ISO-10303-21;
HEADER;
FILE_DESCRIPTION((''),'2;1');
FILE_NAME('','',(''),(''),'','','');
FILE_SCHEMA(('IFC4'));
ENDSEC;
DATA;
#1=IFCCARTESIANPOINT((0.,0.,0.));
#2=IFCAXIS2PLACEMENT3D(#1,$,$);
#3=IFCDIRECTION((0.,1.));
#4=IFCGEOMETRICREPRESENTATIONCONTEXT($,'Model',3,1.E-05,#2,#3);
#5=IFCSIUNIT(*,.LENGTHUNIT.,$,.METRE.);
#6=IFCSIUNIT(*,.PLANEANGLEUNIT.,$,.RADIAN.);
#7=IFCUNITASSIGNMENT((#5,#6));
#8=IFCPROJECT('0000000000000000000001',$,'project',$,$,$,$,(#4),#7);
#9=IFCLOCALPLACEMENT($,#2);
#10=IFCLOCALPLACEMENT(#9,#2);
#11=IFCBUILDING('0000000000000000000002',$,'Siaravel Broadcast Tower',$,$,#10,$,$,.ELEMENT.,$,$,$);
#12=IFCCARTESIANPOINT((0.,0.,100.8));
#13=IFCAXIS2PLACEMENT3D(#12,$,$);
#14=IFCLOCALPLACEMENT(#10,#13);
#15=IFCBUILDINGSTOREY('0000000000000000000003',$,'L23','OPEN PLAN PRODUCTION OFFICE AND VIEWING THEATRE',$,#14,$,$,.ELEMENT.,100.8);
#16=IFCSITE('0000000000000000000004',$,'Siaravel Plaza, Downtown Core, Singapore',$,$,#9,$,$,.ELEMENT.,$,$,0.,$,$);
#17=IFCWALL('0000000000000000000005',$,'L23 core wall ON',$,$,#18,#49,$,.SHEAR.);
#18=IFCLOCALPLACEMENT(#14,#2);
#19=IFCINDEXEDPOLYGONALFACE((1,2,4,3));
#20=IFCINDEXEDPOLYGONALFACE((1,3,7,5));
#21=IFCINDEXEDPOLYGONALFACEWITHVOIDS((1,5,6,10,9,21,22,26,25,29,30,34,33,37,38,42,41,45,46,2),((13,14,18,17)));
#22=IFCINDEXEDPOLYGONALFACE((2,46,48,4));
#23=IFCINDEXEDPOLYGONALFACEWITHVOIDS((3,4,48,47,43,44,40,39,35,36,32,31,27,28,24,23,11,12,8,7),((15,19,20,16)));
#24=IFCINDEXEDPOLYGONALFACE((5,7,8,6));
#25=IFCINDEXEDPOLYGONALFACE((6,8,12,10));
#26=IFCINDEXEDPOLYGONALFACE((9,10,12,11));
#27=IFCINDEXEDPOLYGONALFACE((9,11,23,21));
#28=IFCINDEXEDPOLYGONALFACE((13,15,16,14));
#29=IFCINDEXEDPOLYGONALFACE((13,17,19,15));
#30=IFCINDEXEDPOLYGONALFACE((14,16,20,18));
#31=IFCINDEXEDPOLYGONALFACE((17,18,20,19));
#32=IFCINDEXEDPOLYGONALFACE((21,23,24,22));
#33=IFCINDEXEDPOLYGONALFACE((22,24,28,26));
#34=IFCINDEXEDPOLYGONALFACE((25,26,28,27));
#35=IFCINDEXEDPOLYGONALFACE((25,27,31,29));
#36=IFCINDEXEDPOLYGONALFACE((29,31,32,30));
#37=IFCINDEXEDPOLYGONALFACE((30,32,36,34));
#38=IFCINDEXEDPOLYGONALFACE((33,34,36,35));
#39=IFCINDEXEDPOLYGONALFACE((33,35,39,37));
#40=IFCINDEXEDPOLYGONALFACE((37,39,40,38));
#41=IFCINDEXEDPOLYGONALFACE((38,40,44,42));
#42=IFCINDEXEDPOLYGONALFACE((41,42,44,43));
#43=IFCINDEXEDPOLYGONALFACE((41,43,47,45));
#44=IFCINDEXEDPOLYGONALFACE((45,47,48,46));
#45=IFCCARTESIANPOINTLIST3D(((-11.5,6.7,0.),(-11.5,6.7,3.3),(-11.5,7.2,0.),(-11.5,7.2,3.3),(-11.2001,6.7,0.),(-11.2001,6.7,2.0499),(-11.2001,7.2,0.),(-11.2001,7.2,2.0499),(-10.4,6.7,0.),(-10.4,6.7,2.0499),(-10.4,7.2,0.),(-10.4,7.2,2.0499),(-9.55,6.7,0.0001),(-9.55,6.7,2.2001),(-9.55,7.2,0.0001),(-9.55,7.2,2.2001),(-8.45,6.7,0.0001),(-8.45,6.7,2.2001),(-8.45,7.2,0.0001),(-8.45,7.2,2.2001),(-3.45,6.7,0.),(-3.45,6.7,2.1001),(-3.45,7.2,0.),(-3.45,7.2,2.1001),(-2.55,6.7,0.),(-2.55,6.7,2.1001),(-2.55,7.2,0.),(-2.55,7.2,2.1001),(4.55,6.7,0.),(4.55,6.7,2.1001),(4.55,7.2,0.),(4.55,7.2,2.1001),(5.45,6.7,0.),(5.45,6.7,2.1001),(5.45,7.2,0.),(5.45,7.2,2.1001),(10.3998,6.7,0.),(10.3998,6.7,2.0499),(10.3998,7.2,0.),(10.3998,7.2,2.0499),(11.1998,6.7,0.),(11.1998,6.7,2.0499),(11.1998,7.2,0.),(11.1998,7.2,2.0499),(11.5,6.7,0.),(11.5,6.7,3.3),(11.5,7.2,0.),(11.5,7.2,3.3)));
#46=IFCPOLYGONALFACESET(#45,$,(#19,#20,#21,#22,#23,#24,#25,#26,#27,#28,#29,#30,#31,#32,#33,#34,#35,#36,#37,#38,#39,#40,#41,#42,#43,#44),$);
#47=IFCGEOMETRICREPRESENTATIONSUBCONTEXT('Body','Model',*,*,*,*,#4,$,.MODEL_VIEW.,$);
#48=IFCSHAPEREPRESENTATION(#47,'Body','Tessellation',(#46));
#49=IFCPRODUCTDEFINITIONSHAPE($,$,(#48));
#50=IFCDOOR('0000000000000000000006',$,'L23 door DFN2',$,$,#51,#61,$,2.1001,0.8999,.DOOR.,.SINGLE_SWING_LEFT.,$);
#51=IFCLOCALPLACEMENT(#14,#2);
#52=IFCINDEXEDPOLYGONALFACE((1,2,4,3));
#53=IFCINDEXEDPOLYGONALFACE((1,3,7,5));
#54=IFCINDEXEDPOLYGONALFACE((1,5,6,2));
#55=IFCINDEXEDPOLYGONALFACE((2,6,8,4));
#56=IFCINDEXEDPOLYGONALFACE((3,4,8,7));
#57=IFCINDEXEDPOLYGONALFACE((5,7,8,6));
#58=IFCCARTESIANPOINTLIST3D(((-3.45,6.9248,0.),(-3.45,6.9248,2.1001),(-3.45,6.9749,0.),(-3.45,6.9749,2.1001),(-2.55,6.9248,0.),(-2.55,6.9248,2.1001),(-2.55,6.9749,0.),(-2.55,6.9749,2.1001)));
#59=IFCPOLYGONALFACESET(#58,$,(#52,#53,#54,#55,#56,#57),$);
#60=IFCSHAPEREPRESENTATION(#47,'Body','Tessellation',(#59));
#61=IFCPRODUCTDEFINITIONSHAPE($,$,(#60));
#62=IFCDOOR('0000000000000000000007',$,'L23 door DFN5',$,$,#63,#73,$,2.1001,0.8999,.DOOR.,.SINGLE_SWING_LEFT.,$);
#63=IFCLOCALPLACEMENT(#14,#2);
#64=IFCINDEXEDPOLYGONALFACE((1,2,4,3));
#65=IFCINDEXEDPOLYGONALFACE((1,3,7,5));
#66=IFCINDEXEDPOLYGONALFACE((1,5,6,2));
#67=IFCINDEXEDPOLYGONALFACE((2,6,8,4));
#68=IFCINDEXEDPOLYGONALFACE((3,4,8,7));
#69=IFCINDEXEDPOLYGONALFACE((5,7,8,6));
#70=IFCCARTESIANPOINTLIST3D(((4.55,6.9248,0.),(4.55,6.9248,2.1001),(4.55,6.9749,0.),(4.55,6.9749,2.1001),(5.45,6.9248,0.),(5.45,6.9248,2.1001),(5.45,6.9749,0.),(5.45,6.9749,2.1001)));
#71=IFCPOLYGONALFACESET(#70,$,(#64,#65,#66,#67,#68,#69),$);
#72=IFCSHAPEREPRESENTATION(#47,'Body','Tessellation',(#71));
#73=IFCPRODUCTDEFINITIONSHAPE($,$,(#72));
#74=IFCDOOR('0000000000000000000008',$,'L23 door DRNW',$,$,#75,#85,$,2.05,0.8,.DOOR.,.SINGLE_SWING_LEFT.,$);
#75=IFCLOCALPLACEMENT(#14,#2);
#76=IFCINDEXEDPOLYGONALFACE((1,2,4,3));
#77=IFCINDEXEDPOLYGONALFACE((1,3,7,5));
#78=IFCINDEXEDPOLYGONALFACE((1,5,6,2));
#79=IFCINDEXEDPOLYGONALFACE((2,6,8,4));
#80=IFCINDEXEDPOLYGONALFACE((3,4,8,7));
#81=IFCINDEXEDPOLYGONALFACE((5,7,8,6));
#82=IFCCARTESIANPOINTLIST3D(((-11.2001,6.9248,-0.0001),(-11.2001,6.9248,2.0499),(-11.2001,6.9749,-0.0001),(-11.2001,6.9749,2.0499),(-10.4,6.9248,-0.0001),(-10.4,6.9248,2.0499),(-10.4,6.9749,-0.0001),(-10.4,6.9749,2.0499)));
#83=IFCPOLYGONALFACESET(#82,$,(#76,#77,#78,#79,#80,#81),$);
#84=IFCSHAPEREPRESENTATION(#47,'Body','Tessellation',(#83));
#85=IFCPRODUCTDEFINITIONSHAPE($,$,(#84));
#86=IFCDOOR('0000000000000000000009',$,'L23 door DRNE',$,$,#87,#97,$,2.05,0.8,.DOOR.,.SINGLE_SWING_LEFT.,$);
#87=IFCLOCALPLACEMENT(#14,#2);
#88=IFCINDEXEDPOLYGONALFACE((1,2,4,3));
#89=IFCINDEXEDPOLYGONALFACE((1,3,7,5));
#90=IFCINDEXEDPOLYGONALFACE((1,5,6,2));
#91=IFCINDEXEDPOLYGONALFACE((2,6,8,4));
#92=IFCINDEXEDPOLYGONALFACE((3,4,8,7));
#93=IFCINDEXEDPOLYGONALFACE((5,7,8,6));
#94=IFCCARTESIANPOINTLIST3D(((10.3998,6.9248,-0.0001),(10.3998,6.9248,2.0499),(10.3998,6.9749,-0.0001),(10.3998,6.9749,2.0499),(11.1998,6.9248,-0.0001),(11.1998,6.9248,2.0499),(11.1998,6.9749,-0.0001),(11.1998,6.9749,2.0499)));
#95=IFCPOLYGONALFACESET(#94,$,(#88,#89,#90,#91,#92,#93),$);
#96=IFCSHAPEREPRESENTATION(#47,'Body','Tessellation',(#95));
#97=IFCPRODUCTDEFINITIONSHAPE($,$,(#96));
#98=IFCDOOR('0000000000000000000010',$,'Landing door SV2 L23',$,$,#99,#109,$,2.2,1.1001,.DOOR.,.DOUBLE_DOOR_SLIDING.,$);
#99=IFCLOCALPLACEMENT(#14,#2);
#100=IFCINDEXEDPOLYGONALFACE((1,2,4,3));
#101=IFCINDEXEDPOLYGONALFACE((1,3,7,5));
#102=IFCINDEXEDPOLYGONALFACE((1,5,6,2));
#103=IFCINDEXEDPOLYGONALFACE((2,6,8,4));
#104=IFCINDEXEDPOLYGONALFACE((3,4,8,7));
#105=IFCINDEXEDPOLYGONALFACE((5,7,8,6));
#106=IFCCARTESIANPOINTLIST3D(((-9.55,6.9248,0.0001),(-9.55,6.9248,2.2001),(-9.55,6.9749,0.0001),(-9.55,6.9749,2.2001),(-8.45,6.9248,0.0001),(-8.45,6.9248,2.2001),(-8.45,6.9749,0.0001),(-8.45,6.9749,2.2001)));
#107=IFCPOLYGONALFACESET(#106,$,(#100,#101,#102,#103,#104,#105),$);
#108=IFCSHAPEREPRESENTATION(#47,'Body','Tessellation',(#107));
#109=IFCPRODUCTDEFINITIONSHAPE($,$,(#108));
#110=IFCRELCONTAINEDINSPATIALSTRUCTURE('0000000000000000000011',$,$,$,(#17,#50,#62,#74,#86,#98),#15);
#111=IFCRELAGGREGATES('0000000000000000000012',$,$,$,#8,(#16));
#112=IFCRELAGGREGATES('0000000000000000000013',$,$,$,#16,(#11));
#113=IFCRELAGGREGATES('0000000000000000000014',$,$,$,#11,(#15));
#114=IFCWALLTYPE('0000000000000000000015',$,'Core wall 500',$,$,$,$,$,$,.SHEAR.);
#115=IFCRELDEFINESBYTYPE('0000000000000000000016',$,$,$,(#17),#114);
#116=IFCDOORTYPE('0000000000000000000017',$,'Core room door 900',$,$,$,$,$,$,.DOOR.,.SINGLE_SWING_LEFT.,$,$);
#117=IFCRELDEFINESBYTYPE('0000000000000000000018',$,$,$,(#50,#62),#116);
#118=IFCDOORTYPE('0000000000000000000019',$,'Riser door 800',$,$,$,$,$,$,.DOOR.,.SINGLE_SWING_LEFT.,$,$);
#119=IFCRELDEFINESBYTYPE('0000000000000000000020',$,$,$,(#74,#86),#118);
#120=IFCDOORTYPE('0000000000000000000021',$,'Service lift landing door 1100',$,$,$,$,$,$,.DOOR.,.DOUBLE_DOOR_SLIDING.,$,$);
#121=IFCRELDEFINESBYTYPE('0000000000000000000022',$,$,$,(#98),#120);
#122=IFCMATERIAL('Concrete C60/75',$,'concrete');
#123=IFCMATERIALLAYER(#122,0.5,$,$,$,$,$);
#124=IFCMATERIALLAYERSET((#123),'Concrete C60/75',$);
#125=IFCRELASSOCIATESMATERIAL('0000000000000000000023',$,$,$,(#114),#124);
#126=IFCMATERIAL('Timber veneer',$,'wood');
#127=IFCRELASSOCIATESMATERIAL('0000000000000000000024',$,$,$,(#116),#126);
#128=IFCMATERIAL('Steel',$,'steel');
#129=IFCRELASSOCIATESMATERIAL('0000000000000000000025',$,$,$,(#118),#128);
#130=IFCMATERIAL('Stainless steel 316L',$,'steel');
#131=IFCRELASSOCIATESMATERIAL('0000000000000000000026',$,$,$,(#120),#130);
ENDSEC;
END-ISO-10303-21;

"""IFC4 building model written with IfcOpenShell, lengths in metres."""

from ifc_helpers import new_model, si_unit, direction, frame, frame_2d, origin, place, context, subcontext, project, spatial, rectangle, extrude, material, layer, layer_set, type_object, element, fill, save


model = new_model("IFC4")

# Units and contexts
model_context = context("Model", 3, precision=1e-05, world=origin(), true_north=direction((0.0, 1.0)))
body_context = subcontext(model_context, "Body", "Model", "MODEL_VIEW")
ifc_project = project(units=[si_unit("LENGTHUNIT", "METRE"), si_unit("PLANEANGLEUNIT", "RADIAN")], contexts=[model_context])

# Site, building, storey
site_placement = place(None, origin())
site = spatial("IfcSite", under=ifc_project, at=site_placement, Name="Siaravel Plaza, Downtown Core, Singapore", CompositionType="ELEMENT", RefElevation=0.0)
building_placement = place(site_placement, origin())
building = spatial("IfcBuilding", under=site, at=building_placement, Name="Siaravel Broadcast Tower", CompositionType="ELEMENT")
storey_placement = place(building_placement, frame((0.0, 0.0, 100.8)))
storey = spatial("IfcBuildingStorey", under=building, at=storey_placement, Name="L23", Description="OPEN PLAN PRODUCTION OFFICE AND VIEWING THEATRE", CompositionType="ELEMENT", Elevation=100.8)

# Wall, openings, doors
ifc_material_1 = material(Name="Concrete C60/75", Category="concrete")
ifc_layer_1 = layer(ifc_material_1, 0.5)
ifc_layer_set_1 = layer_set([ifc_layer_1], Name="Concrete C60/75")
wall_type_1 = type_object("IfcWallType", Name="Core wall 500", PredefinedType="SHEAR", material=ifc_layer_set_1)
wall_1_placement = place(storey_placement, frame((-11.5, 6.95, 0.0), z_axis=(0.0, 0.0, 1.0), x_axis=(1.0, 0.0, 0.0)))
wall_1 = element("IfcWall", 1, at=wall_1_placement, inside=storey, type_object=wall_type_1, Name="L23 core wall ON", PredefinedType="SHEAR", context=body_context, shape_type="SweptSolid", body=[
    extrude(rectangle(XDim=23.0, YDim=0.5, at=frame_2d((11.5, 0.0))), origin(), (0.0, 0.0, 1.0), 3.3),
])
opening_1_placement = place(wall_1_placement, frame((1.95, 0.0, 0.0)))
opening_1 = element("IfcOpeningElement", 2, at=opening_1_placement, cuts=wall_1, PredefinedType="OPENING", context=body_context, shape_type="SweptSolid", body=[
    extrude(rectangle(XDim=1.1001, YDim=2.2, at=frame_2d((0.55, 1.1001))), frame((0.0, 0.26, 0.0), z_axis=(0.0, -1.0, 0.0), x_axis=(1.0, 0.0, 0.0)), (0.0, 0.0, 1.0), 0.52),
])
opening_2_placement = place(wall_1_placement, frame((8.05, 0.0, 0.0)))
opening_2 = element("IfcOpeningElement", 3, at=opening_2_placement, cuts=wall_1, PredefinedType="OPENING", context=body_context, shape_type="SweptSolid", body=[
    extrude(rectangle(XDim=0.8999, YDim=2.1001, at=frame_2d((0.45, 1.05))), frame((0.0, 0.26, 0.0), z_axis=(0.0, -1.0, 0.0), x_axis=(1.0, 0.0, 0.0)), (0.0, 0.0, 1.0), 0.52),
])
opening_3_placement = place(wall_1_placement, frame((16.05, 0.0, 0.0)))
opening_3 = element("IfcOpeningElement", 4, at=opening_3_placement, cuts=wall_1, PredefinedType="OPENING", context=body_context, shape_type="SweptSolid", body=[
    extrude(rectangle(XDim=0.8999, YDim=2.1001, at=frame_2d((0.45, 1.05))), frame((0.0, 0.26, 0.0), z_axis=(0.0, -1.0, 0.0), x_axis=(1.0, 0.0, 0.0)), (0.0, 0.0, 1.0), 0.52),
])
opening_4_placement = place(wall_1_placement, frame((0.3, 0.0, 0.0)))
opening_4 = element("IfcOpeningElement", 5, at=opening_4_placement, cuts=wall_1, PredefinedType="OPENING", context=body_context, shape_type="SweptSolid", body=[
    extrude(rectangle(XDim=0.8, YDim=2.05, at=frame_2d((0.3999, 1.0249))), frame((0.0, 0.26, 0.0), z_axis=(0.0, -1.0, 0.0), x_axis=(1.0, 0.0, 0.0)), (0.0, 0.0, 1.0), 0.52),
])
opening_5_placement = place(wall_1_placement, frame((21.8999, 0.0, 0.0)))
opening_5 = element("IfcOpeningElement", 6, at=opening_5_placement, cuts=wall_1, PredefinedType="OPENING", context=body_context, shape_type="SweptSolid", body=[
    extrude(rectangle(XDim=0.8, YDim=2.05, at=frame_2d((0.3999, 1.0249))), frame((0.0, 0.26, 0.0), z_axis=(0.0, -1.0, 0.0), x_axis=(1.0, 0.0, 0.0)), (0.0, 0.0, 1.0), 0.52),
])
ifc_material_2 = material(Name="Timber veneer", Category="wood")
door_type_1 = type_object("IfcDoorType", Name="Core room door 900", OperationType="SINGLE_SWING_LEFT", PredefinedType="DOOR", material=ifc_material_2)
door_1_placement = place(opening_2_placement, origin())
door_1 = element("IfcDoor", 7, at=door_1_placement, inside=storey, type_object=door_type_1, Name="L23 door DFN2", OperationType="SINGLE_SWING_LEFT", OverallHeight=2.1001, OverallWidth=0.8999, PredefinedType="DOOR", context=body_context, shape_type="SweptSolid", body=[
    extrude(rectangle(XDim=0.8999, YDim=2.1001, at=frame_2d((0.45, 1.05))), frame((0.0, 0.0249, 0.0), z_axis=(0.0, -1.0, 0.0), x_axis=(1.0, 0.0, 0.0)), (0.0, 0.0, 1.0), 0.05),
])
fill(opening_2, door_1)
door_2_placement = place(opening_3_placement, origin())
door_2 = element("IfcDoor", 8, at=door_2_placement, inside=storey, type_object=door_type_1, Name="L23 door DFN5", OperationType="SINGLE_SWING_LEFT", OverallHeight=2.1001, OverallWidth=0.8999, PredefinedType="DOOR", context=body_context, shape_type="SweptSolid", body=[
    extrude(rectangle(XDim=0.8999, YDim=2.1001, at=frame_2d((0.45, 1.05))), frame((0.0, 0.0249, 0.0), z_axis=(0.0, -1.0, 0.0), x_axis=(1.0, 0.0, 0.0)), (0.0, 0.0, 1.0), 0.05),
])
fill(opening_3, door_2)
ifc_material_3 = material(Name="Steel", Category="steel")
door_type_2 = type_object("IfcDoorType", Name="Riser door 800", OperationType="SINGLE_SWING_LEFT", PredefinedType="DOOR", material=ifc_material_3)
door_3_placement = place(opening_4_placement, origin())
door_3 = element("IfcDoor", 9, at=door_3_placement, inside=storey, type_object=door_type_2, Name="L23 door DRNW", OperationType="SINGLE_SWING_LEFT", OverallHeight=2.05, OverallWidth=0.8, PredefinedType="DOOR", context=body_context, shape_type="SweptSolid", body=[
    extrude(rectangle(XDim=0.8, YDim=2.05, at=frame_2d((0.3999, 1.0249))), frame((0.0, 0.0249, 0.0), z_axis=(0.0, -1.0, 0.0), x_axis=(1.0, 0.0, 0.0)), (0.0, 0.0, 1.0), 0.05),
])
fill(opening_4, door_3)
door_4_placement = place(opening_5_placement, origin())
door_4 = element("IfcDoor", 10, at=door_4_placement, inside=storey, type_object=door_type_2, Name="L23 door DRNE", OperationType="SINGLE_SWING_LEFT", OverallHeight=2.05, OverallWidth=0.8, PredefinedType="DOOR", context=body_context, shape_type="SweptSolid", body=[
    extrude(rectangle(XDim=0.8, YDim=2.05, at=frame_2d((0.3999, 1.0249))), frame((0.0, 0.0249, 0.0), z_axis=(0.0, -1.0, 0.0), x_axis=(1.0, 0.0, 0.0)), (0.0, 0.0, 1.0), 0.05),
])
fill(opening_5, door_4)
ifc_material_4 = material(Name="Stainless steel 316L", Category="steel")
door_type_3 = type_object("IfcDoorType", Name="Service lift landing door 1100", OperationType="DOUBLE_DOOR_SLIDING", PredefinedType="DOOR", material=ifc_material_4)
door_5_placement = place(opening_1_placement, origin())
door_5 = element("IfcDoor", 11, at=door_5_placement, inside=storey, type_object=door_type_3, Name="Landing door SV2 L23", OperationType="DOUBLE_DOOR_SLIDING", OverallHeight=2.2, OverallWidth=1.1001, PredefinedType="DOOR", context=body_context, shape_type="SweptSolid", body=[
    extrude(rectangle(XDim=1.1001, YDim=2.2, at=frame_2d((0.55, 1.1001))), frame((0.0, 0.0249, 0.0), z_axis=(0.0, -1.0, 0.0), x_axis=(1.0, 0.0, 0.0)), (0.0, 0.0, 1.0), 0.05),
])
fill(opening_1, door_5)

save(model, "model.ifc")
